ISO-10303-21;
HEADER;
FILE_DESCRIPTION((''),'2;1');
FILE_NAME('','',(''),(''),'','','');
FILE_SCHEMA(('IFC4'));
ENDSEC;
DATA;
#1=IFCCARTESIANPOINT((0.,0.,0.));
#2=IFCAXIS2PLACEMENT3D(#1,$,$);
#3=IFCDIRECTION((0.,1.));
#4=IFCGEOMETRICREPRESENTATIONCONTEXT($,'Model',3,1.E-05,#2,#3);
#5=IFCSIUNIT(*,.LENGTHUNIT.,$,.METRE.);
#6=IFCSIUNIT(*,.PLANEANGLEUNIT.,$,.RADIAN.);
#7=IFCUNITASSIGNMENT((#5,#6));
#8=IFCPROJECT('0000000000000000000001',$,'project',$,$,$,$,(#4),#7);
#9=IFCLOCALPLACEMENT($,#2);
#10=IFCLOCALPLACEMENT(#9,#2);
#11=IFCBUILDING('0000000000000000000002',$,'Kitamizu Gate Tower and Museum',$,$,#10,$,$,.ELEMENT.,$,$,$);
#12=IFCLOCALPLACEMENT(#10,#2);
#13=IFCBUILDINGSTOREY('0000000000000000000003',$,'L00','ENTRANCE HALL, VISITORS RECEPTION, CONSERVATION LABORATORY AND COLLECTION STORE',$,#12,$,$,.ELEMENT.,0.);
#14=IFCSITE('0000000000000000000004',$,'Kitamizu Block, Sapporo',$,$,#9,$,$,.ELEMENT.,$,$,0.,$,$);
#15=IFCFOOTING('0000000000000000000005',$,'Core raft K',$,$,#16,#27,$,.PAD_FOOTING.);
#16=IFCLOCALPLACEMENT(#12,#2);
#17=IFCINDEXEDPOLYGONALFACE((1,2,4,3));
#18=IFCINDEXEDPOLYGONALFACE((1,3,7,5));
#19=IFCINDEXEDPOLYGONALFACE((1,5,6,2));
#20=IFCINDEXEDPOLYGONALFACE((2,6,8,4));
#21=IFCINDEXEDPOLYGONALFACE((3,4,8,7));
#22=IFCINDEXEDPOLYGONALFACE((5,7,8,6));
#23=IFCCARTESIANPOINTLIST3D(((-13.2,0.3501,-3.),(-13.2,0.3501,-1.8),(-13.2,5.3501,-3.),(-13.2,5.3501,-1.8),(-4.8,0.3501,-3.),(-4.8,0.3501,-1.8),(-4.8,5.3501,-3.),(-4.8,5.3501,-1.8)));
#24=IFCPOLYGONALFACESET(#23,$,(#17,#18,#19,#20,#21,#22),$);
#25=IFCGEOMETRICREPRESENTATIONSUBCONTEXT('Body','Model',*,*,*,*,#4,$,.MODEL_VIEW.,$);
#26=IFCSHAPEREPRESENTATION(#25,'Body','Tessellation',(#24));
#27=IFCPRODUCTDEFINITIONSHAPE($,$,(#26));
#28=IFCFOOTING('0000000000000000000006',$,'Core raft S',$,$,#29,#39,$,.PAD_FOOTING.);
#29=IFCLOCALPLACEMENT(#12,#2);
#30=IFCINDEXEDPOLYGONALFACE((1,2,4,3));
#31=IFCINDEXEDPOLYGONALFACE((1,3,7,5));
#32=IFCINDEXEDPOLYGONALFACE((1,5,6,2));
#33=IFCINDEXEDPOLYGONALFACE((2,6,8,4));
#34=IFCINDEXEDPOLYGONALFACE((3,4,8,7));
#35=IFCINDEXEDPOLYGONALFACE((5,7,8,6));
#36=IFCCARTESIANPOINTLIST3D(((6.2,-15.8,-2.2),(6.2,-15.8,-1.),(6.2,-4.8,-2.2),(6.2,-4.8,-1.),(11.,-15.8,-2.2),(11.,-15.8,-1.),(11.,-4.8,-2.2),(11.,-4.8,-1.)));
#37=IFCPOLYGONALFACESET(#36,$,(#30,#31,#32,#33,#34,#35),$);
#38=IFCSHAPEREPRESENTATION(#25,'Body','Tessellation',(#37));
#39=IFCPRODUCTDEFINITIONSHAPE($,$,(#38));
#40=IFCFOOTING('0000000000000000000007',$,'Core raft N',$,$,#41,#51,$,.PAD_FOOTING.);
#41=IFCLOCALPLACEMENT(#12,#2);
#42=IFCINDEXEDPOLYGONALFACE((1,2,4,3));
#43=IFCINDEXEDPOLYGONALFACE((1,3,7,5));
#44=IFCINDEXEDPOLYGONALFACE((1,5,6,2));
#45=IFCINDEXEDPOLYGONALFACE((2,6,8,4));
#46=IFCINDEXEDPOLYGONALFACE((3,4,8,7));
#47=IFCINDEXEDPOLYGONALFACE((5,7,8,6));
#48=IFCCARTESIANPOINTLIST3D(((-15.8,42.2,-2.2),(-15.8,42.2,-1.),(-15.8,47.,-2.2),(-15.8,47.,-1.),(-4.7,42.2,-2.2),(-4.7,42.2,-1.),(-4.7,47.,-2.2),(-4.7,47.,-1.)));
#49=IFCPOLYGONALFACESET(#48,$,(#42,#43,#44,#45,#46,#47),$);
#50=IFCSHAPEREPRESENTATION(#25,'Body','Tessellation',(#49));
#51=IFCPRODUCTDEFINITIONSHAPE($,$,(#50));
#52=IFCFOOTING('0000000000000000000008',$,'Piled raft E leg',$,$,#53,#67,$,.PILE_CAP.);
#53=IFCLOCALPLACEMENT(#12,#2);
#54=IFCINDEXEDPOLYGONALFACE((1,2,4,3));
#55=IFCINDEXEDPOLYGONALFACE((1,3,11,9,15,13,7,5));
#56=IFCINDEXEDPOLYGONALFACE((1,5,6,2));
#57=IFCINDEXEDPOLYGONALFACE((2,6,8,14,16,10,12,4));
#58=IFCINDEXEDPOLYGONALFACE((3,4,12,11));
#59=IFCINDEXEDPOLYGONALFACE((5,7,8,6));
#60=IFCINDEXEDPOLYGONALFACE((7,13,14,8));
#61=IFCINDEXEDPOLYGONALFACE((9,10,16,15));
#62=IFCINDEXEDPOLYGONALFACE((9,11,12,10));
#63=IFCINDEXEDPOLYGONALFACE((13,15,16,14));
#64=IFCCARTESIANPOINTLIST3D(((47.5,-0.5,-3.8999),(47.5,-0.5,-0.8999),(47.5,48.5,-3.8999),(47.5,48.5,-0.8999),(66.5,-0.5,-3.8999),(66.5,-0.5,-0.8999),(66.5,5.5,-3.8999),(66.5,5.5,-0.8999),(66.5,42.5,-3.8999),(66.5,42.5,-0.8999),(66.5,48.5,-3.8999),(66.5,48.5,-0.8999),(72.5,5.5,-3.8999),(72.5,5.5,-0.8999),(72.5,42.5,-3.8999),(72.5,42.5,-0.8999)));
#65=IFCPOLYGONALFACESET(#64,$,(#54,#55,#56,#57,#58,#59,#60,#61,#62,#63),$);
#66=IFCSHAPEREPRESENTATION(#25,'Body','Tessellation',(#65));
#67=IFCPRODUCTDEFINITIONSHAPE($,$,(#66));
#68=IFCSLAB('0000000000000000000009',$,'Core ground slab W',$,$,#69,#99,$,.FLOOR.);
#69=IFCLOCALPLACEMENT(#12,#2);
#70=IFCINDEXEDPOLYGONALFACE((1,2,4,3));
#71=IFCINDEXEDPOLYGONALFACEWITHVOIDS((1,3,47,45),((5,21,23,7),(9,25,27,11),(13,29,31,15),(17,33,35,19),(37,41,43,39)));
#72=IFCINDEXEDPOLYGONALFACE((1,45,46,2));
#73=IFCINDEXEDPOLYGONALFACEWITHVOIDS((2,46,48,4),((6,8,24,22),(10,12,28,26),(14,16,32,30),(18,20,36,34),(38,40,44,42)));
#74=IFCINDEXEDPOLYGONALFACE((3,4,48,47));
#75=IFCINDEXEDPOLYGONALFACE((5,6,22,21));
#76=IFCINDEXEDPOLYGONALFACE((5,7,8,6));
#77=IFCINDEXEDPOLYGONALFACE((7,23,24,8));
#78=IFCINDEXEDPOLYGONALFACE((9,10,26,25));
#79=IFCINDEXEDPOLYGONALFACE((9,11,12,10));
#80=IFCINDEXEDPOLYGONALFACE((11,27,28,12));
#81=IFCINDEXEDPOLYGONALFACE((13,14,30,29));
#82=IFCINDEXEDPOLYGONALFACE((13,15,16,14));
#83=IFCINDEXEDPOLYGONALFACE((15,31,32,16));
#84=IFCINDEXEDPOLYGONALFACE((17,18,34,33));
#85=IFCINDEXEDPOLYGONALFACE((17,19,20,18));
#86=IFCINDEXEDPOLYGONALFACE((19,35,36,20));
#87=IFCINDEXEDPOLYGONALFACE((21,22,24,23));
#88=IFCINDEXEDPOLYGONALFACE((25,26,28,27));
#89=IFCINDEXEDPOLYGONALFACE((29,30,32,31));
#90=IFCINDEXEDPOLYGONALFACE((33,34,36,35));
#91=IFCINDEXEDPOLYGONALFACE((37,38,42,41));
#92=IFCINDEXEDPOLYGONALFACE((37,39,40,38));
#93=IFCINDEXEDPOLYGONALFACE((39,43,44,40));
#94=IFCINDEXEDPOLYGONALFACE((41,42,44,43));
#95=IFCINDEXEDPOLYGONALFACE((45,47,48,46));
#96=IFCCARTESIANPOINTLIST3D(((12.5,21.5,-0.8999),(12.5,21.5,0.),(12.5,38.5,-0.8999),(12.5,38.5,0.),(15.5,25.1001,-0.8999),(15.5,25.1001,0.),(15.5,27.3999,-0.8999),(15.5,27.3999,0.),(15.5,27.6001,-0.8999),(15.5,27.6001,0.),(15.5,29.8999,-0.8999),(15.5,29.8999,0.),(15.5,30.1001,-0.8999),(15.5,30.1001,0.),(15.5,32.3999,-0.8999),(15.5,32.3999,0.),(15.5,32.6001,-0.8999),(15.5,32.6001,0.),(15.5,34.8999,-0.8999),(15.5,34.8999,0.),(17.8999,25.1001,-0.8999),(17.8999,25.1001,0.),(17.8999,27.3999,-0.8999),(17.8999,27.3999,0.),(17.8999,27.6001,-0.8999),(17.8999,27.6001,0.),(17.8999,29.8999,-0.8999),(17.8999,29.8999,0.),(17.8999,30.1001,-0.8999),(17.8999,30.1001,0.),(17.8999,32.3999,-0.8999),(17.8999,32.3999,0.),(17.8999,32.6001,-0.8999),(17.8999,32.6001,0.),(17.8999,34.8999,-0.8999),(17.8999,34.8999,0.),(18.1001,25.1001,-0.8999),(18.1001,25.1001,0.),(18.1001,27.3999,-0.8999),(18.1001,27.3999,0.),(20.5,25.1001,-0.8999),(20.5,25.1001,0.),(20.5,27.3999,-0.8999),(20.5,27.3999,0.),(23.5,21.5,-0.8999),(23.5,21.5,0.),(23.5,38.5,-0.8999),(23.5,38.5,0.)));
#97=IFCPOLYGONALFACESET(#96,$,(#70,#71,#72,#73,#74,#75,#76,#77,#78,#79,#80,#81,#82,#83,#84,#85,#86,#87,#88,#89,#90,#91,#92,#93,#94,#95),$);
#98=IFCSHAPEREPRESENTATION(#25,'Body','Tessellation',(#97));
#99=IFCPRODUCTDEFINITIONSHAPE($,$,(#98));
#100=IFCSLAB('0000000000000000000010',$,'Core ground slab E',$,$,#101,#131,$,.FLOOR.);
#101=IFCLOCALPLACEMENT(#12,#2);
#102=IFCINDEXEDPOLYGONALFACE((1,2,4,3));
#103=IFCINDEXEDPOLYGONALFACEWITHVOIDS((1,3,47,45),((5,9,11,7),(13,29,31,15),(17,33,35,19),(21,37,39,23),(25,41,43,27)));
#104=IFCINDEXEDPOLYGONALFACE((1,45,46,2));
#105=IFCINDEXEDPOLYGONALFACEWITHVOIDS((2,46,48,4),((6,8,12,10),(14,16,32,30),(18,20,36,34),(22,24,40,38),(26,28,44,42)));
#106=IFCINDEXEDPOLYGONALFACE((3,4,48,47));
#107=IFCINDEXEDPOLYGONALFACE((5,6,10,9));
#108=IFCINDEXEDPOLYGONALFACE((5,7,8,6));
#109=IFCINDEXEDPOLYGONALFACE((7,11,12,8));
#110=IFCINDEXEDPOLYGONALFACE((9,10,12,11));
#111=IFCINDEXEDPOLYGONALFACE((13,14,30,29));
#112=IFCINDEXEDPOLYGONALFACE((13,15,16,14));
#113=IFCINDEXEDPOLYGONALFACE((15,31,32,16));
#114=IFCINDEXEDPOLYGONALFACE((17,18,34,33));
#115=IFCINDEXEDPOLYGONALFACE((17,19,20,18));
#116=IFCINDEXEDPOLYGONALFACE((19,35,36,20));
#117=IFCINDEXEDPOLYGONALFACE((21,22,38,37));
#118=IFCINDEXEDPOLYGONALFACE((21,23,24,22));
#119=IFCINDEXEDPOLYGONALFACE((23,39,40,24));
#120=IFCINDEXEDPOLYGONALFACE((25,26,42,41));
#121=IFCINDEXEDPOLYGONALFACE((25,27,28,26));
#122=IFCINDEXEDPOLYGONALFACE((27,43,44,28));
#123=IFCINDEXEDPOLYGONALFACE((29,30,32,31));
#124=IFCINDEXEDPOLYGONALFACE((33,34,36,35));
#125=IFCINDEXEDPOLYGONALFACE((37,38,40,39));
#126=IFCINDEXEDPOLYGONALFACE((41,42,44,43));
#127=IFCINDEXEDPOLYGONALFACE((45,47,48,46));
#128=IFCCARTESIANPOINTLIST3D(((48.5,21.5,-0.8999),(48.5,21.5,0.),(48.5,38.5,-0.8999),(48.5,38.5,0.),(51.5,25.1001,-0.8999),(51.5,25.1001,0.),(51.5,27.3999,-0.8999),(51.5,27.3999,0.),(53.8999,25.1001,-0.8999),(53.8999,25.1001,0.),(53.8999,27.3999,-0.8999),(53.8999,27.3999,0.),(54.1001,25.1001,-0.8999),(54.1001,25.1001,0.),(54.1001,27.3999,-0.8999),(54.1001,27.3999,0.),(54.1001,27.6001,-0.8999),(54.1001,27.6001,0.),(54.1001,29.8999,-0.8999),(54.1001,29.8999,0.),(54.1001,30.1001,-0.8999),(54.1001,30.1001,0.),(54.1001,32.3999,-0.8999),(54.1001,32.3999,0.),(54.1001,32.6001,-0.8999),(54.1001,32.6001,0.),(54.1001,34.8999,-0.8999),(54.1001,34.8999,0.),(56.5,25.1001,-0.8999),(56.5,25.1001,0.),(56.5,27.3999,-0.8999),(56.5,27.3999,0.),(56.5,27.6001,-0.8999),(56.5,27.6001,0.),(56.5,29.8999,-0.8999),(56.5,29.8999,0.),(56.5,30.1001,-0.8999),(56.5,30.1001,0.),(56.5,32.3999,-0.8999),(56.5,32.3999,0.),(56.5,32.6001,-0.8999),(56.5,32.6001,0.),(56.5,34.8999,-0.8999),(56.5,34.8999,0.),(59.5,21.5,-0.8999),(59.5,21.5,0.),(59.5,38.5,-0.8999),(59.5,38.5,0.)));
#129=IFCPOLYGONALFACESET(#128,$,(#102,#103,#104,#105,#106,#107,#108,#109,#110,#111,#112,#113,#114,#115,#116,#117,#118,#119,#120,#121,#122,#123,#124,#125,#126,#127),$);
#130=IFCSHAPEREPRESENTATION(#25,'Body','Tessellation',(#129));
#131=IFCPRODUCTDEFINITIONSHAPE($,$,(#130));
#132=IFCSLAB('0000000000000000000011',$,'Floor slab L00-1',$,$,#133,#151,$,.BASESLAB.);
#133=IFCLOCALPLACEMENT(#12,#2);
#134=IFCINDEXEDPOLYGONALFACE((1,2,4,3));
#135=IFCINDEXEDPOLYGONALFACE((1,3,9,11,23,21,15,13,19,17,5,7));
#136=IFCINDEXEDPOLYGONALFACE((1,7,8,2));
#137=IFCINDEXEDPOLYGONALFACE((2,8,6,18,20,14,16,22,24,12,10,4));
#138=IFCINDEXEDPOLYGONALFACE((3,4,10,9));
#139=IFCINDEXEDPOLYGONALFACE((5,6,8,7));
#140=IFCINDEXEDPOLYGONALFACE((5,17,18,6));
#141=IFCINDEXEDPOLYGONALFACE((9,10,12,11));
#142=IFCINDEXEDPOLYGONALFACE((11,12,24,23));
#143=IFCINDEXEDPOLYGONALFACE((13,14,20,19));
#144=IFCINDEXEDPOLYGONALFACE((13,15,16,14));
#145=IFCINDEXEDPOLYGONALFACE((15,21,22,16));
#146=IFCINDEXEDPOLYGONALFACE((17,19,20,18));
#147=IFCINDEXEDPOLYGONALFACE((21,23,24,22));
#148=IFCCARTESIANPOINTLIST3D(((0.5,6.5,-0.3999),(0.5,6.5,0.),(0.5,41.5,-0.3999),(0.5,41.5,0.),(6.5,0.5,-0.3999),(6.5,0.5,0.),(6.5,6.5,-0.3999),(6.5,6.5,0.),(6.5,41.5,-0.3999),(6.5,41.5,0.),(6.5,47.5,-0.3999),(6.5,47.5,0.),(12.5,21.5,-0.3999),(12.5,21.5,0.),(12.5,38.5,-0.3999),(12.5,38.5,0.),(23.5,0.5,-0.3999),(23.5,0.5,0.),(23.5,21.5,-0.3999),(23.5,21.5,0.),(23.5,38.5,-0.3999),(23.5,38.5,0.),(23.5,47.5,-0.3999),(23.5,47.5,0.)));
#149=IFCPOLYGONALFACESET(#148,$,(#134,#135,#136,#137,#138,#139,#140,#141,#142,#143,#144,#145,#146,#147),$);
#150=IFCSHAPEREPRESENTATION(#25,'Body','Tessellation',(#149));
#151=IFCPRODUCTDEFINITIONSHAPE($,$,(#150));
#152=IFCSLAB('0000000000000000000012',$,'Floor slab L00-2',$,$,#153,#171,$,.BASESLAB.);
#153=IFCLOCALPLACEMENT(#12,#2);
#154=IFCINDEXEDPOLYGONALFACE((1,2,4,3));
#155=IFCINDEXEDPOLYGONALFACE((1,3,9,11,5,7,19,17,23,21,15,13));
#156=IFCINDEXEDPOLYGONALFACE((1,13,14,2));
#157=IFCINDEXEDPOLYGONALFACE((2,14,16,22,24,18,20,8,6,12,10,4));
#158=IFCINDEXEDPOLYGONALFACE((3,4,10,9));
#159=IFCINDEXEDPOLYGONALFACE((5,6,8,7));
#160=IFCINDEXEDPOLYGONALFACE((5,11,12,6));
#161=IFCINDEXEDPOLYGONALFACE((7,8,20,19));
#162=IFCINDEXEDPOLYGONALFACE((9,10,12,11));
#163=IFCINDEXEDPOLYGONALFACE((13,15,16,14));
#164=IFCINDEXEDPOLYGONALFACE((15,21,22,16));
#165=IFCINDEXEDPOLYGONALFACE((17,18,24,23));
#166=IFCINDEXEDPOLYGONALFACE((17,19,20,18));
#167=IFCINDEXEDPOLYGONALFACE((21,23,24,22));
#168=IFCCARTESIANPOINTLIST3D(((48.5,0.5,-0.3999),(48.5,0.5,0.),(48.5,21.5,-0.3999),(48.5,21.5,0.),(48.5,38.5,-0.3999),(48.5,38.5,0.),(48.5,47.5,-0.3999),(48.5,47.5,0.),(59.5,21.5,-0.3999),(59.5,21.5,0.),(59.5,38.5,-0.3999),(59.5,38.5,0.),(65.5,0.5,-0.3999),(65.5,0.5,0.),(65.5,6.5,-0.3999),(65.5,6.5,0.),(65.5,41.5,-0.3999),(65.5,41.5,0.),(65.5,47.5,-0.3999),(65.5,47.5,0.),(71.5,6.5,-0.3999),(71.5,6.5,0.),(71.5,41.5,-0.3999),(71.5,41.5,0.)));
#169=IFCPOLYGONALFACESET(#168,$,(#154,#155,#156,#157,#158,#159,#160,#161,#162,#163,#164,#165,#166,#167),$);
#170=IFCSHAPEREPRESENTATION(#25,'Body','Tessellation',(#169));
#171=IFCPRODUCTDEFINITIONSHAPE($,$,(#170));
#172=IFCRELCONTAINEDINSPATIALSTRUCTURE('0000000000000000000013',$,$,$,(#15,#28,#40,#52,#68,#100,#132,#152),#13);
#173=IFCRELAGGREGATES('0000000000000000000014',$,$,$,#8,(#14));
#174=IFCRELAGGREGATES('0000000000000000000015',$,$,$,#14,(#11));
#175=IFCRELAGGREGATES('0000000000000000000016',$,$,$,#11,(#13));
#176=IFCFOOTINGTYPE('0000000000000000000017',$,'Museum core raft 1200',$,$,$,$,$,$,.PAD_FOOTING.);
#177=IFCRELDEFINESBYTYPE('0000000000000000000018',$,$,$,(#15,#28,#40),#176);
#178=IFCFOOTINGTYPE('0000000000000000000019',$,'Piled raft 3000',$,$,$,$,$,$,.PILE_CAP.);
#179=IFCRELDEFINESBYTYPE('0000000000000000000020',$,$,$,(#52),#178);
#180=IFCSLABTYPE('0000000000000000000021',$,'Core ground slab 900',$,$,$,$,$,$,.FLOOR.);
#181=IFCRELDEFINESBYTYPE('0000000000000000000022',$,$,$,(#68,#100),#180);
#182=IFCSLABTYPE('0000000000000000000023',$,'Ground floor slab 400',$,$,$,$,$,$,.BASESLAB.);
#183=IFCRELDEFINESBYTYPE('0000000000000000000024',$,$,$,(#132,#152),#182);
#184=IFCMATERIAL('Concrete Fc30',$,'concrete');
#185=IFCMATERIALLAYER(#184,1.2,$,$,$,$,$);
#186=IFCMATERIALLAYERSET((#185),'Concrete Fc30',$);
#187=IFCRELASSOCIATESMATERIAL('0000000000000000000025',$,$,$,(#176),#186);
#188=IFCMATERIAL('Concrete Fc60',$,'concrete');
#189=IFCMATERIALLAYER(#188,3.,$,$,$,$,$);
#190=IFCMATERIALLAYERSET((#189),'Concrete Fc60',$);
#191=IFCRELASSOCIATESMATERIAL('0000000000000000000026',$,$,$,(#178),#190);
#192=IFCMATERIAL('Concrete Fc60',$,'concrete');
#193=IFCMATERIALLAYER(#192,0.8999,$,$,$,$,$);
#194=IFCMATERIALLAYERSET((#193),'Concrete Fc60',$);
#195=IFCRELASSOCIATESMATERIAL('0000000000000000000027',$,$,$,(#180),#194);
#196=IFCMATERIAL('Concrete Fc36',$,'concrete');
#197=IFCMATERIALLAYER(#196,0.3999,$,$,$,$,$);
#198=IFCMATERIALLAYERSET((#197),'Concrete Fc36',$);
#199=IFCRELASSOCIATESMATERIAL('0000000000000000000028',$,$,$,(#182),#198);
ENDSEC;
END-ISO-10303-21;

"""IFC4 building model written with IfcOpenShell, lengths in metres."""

from ifc_helpers import new_model, si_unit, direction, frame, origin, place, context, subcontext, project, spatial, polyline, outline, extrude, material, layer, layer_set, type_object, element, save


model = new_model("IFC4")

# Units and contexts
model_context = context("Model", 3, precision=1e-05, world=origin(), true_north=direction((0.0, 1.0)))
body_context = subcontext(model_context, "Body", "Model", "MODEL_VIEW")
ifc_project = project(units=[si_unit("LENGTHUNIT", "METRE"), si_unit("PLANEANGLEUNIT", "RADIAN")], contexts=[model_context])

# Site, building, storey
site_placement = place(None, origin())
site = spatial("IfcSite", under=ifc_project, at=site_placement, Name="Kitamizu Block, Sapporo", CompositionType="ELEMENT", RefElevation=0.0)
building_placement = place(site_placement, origin())
building = spatial("IfcBuilding", under=site, at=building_placement, Name="Kitamizu Gate Tower and Museum", CompositionType="ELEMENT")
storey_placement = place(building_placement, origin())
storey = spatial("IfcBuildingStorey", under=building, at=storey_placement, Name="L00", Description="ENTRANCE HALL, VISITORS RECEPTION, CONSERVATION LABORATORY AND COLLECTION STORE", CompositionType="ELEMENT", Elevation=0.0)

# Footings
ifc_material_1 = material(Name="Concrete Fc30", Category="concrete")
ifc_layer_1 = layer(ifc_material_1, 1.2)
ifc_layer_set_1 = layer_set([ifc_layer_1], Name="Concrete Fc30")
footing_type_1 = type_object("IfcFootingType", Name="Museum core raft 1200", PredefinedType="PAD_FOOTING", material=ifc_layer_set_1)
footing_1_placement = place(storey_placement, frame((0.0, 0.0, -3.0)))
element("IfcFooting", 1, at=footing_1_placement, inside=storey, type_object=footing_type_1, Name="Core raft K", PredefinedType="PAD_FOOTING", context=body_context, shape_type="SweptSolid", body=[
    extrude(outline(polyline([(-13.2, 0.3501), (-4.8, 0.3501), (-4.8, 5.3501), (-13.2, 5.3501), (-13.2, 0.3501)])), origin(), (0.0, 0.0, 1.0), 1.2),
])
footing_2_placement = place(storey_placement, frame((0.0, 0.0, -2.2)))
element("IfcFooting", 2, at=footing_2_placement, inside=storey, type_object=footing_type_1, Name="Core raft S", PredefinedType="PAD_FOOTING", context=body_context, shape_type="SweptSolid", body=[
    extrude(outline(polyline([(6.2, -15.8), (11.0, -15.8), (11.0, -4.8), (6.2, -4.8), (6.2, -15.8)])), origin(), (0.0, 0.0, 1.0), 1.2),
])
footing_3_placement = place(storey_placement, frame((0.0, 0.0, -2.2)))
element("IfcFooting", 3, at=footing_3_placement, inside=storey, type_object=footing_type_1, Name="Core raft N", PredefinedType="PAD_FOOTING", context=body_context, shape_type="SweptSolid", body=[
    extrude(outline(polyline([(-15.8, 42.2), (-4.7, 42.2), (-4.7, 47.0), (-15.8, 47.0), (-15.8, 42.2)])), origin(), (0.0, 0.0, 1.0), 1.2),
])
ifc_material_2 = material(Name="Concrete Fc60", Category="concrete")
ifc_layer_2 = layer(ifc_material_2, 3.0)
ifc_layer_set_2 = layer_set([ifc_layer_2], Name="Concrete Fc60")
footing_type_2 = type_object("IfcFootingType", Name="Piled raft 3000", PredefinedType="PILE_CAP", material=ifc_layer_set_2)
footing_4_placement = place(storey_placement, frame((0.0, 0.0, -3.8999)))
element("IfcFooting", 4, at=footing_4_placement, inside=storey, type_object=footing_type_2, Name="Piled raft E leg", PredefinedType="PILE_CAP", context=body_context, shape_type="SweptSolid", body=[
    extrude(outline(polyline([(47.5, -0.5), (47.5, 48.5), (66.5, 48.5), (66.5, 42.5), (72.5, 42.5), (72.5, 5.5), (66.5, 5.5), (66.5, -0.5), (47.5, -0.5)])), origin(), (0.0, 0.0, 1.0), 3.0),
])

# Slabs
ifc_material_3 = material(Name="Concrete Fc60", Category="concrete")
ifc_layer_3 = layer(ifc_material_3, 0.8999)
ifc_layer_set_3 = layer_set([ifc_layer_3], Name="Concrete Fc60")
slab_type_1 = type_object("IfcSlabType", Name="Core ground slab 900", PredefinedType="FLOOR", material=ifc_layer_set_3)
slab_1_placement = place(storey_placement, frame((0.0, 0.0, -0.8999)))
element("IfcSlab", 5, at=slab_1_placement, inside=storey, type_object=slab_type_1, Name="Core ground slab W", PredefinedType="FLOOR", context=body_context, shape_type="SweptSolid", body=[
    extrude(outline(polyline([(12.5, 21.5), (23.5, 21.5), (23.5, 38.5), (12.5, 38.5), (12.5, 21.5)]), holes=[polyline([(15.5, 25.1001), (17.8999, 25.1001), (17.8999, 27.3999), (15.5, 27.3999), (15.5, 25.1001)]), polyline([(15.5, 27.6001), (17.8999, 27.6001), (17.8999, 29.8999), (15.5, 29.8999), (15.5, 27.6001)]), polyline([(15.5, 30.1001), (17.8999, 30.1001), (17.8999, 32.3999), (15.5, 32.3999), (15.5, 30.1001)]), polyline([(15.5, 32.6001), (17.8999, 32.6001), (17.8999, 34.8999), (15.5, 34.8999), (15.5, 32.6001)]), polyline([(18.1001, 25.1001), (20.5, 25.1001), (20.5, 27.3999), (18.1001, 27.3999), (18.1001, 25.1001)])]), origin(), (0.0, 0.0, 1.0), 0.8999),
])
slab_2_placement = place(storey_placement, frame((0.0, 0.0, -0.8999)))
element("IfcSlab", 6, at=slab_2_placement, inside=storey, type_object=slab_type_1, Name="Core ground slab E", PredefinedType="FLOOR", context=body_context, shape_type="SweptSolid", body=[
    extrude(outline(polyline([(48.5, 21.5), (59.5, 21.5), (59.5, 38.5), (48.5, 38.5), (48.5, 21.5)]), holes=[polyline([(54.1001, 25.1001), (56.5, 25.1001), (56.5, 27.3999), (54.1001, 27.3999), (54.1001, 25.1001)]), polyline([(54.1001, 27.6001), (56.5, 27.6001), (56.5, 29.8999), (54.1001, 29.8999), (54.1001, 27.6001)]), polyline([(54.1001, 30.1001), (56.5, 30.1001), (56.5, 32.3999), (54.1001, 32.3999), (54.1001, 30.1001)]), polyline([(54.1001, 32.6001), (56.5, 32.6001), (56.5, 34.8999), (54.1001, 34.8999), (54.1001, 32.6001)]), polyline([(51.5, 25.1001), (53.8999, 25.1001), (53.8999, 27.3999), (51.5, 27.3999), (51.5, 25.1001)])]), origin(), (0.0, 0.0, 1.0), 0.8999),
])
ifc_material_4 = material(Name="Concrete Fc36", Category="concrete")
ifc_layer_4 = layer(ifc_material_4, 0.3999)
ifc_layer_set_4 = layer_set([ifc_layer_4], Name="Concrete Fc36")
slab_type_2 = type_object("IfcSlabType", Name="Ground floor slab 400", PredefinedType="BASESLAB", material=ifc_layer_set_4)
slab_3_placement = place(storey_placement, frame((0.0, 0.0, -0.3999)))
element("IfcSlab", 7, at=slab_3_placement, inside=storey, type_object=slab_type_2, Name="Floor slab L00-1", PredefinedType="BASESLAB", context=body_context, shape_type="SweptSolid", body=[
    extrude(outline(polyline([(0.5, 41.5), (6.5, 41.5), (6.5, 47.5), (23.5, 47.5), (23.5, 38.5), (12.5, 38.5), (12.5, 21.5), (23.5, 21.5), (23.5, 0.5), (6.5, 0.5), (6.5, 6.5), (0.5, 6.5), (0.5, 41.5)])), origin(), (0.0, 0.0, 1.0), 0.3999),
])
slab_4_placement = place(storey_placement, frame((0.0, 0.0, -0.3999)))
element("IfcSlab", 8, at=slab_4_placement, inside=storey, type_object=slab_type_2, Name="Floor slab L00-2", PredefinedType="BASESLAB", context=body_context, shape_type="SweptSolid", body=[
    extrude(outline(polyline([(65.5, 41.5), (71.5, 41.5), (71.5, 6.5), (65.5, 6.5), (65.5, 0.5), (48.5, 0.5), (48.5, 21.5), (59.5, 21.5), (59.5, 38.5), (48.5, 38.5), (48.5, 47.5), (65.5, 47.5), (65.5, 41.5)])), origin(), (0.0, 0.0, 1.0), 0.3999),
])

save(model, "model.ifc")
